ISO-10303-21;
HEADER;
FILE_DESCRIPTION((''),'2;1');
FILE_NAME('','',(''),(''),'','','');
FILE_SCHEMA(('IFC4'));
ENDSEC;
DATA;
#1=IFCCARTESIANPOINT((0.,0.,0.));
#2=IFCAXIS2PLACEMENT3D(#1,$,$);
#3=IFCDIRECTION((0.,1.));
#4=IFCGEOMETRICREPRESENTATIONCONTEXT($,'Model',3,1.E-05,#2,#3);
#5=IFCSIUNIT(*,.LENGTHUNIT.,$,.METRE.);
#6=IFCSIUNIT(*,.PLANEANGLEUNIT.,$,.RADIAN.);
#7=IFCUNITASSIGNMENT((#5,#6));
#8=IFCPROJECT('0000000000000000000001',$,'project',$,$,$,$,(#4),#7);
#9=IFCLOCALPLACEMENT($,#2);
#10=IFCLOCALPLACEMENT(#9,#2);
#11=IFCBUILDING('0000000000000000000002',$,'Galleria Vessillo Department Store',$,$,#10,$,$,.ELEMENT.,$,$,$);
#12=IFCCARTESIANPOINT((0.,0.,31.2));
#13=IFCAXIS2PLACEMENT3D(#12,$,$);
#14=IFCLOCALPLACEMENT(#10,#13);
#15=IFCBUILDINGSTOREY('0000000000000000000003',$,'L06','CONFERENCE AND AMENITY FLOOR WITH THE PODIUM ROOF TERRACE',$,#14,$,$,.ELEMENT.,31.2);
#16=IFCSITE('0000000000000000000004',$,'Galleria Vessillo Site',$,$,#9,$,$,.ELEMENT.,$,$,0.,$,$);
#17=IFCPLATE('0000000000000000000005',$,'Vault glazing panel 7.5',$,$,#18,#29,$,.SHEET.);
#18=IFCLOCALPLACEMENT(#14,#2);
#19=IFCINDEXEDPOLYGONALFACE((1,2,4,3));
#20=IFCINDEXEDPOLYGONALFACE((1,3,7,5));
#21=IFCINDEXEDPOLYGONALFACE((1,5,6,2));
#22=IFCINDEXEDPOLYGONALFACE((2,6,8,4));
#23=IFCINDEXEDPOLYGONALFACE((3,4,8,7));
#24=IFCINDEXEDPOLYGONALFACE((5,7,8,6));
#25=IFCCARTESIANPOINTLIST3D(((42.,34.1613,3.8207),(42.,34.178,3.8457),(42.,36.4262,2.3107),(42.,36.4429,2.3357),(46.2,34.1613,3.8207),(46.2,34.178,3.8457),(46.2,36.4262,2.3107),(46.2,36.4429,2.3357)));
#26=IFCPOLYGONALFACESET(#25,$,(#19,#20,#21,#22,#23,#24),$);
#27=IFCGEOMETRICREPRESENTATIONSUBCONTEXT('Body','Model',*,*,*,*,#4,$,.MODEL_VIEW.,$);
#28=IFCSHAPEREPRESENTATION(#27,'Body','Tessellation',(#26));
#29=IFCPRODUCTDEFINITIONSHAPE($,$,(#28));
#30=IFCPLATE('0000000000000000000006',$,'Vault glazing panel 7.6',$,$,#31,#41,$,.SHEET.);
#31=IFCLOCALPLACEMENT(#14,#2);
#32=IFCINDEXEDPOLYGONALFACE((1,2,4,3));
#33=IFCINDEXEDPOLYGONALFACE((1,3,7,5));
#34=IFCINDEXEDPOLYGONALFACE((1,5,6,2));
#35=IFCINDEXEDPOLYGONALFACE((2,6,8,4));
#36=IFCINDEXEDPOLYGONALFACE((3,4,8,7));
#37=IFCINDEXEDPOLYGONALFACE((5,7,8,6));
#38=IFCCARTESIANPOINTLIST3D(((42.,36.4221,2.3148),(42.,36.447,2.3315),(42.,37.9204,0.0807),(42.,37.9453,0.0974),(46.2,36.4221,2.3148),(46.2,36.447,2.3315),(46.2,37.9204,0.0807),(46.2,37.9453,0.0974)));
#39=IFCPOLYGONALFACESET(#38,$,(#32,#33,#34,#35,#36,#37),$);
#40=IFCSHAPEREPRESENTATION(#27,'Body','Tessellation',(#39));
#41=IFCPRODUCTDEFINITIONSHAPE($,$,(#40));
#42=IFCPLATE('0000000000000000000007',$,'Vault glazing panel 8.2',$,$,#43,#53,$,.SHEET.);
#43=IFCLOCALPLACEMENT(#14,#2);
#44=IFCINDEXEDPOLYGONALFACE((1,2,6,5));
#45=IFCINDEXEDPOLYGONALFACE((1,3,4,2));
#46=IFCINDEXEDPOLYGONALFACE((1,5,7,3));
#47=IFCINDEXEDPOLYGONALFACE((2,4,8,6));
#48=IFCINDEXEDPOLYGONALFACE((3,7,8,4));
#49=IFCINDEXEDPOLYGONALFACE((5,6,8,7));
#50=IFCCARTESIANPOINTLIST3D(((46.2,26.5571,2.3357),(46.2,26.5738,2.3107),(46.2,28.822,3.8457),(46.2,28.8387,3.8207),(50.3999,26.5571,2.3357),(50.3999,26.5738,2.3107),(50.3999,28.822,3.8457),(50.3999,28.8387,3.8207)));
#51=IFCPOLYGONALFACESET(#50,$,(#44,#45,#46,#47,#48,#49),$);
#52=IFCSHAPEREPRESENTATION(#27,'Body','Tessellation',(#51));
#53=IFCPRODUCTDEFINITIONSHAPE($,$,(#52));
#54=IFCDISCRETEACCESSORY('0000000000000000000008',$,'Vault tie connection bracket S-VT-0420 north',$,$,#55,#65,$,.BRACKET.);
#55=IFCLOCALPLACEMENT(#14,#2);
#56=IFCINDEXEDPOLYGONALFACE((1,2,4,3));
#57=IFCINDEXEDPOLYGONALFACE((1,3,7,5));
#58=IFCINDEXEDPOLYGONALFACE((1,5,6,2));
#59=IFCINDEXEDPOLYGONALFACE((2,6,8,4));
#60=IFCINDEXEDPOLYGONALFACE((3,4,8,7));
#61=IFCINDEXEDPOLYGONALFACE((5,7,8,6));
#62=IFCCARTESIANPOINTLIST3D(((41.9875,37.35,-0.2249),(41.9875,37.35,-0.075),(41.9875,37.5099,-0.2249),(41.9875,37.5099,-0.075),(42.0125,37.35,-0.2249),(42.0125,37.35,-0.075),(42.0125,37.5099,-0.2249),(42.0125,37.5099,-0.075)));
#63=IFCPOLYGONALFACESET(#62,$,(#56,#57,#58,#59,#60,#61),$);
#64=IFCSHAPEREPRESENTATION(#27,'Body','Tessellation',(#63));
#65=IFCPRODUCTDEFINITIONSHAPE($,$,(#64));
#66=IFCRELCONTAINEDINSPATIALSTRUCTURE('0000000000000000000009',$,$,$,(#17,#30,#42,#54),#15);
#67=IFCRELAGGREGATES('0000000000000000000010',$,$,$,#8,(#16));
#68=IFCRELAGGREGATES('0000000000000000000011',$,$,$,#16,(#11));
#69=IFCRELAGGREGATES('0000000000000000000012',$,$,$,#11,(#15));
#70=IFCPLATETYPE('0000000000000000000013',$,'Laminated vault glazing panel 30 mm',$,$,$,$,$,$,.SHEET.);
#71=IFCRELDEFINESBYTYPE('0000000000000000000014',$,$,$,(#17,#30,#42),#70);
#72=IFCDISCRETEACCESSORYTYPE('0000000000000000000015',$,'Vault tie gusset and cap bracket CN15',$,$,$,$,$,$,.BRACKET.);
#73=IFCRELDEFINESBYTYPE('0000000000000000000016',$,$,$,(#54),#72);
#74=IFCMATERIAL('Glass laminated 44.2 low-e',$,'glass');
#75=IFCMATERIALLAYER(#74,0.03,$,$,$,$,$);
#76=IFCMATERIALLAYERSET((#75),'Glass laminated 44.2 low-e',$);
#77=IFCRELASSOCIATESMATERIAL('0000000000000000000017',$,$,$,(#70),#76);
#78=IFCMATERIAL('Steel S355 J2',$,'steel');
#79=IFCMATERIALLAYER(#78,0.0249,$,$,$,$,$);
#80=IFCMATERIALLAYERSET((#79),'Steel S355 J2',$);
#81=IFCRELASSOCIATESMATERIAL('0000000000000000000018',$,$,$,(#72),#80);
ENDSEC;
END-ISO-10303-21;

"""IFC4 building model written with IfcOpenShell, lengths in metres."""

from ifc_helpers import new_model, si_unit, direction, frame, origin, origin_2d, place, context, subcontext, project, spatial, polyline, rectangle, outline, extrude, material, layer, layer_set, type_object, element, save


model = new_model("IFC4")

# Units and contexts
model_context = context("Model", 3, precision=1e-05, world=origin(), true_north=direction((0.0, 1.0)))
body_context = subcontext(model_context, "Body", "Model", "MODEL_VIEW")
ifc_project = project(units=[si_unit("LENGTHUNIT", "METRE"), si_unit("PLANEANGLEUNIT", "RADIAN")], contexts=[model_context])

# Site, building, storey
site_placement = place(None, origin())
site = spatial("IfcSite", under=ifc_project, at=site_placement, Name="Galleria Vessillo Site", CompositionType="ELEMENT", RefElevation=0.0)
building_placement = place(site_placement, origin())
building = spatial("IfcBuilding", under=site, at=building_placement, Name="Galleria Vessillo Department Store", CompositionType="ELEMENT")
storey_placement = place(building_placement, frame((0.0, 0.0, 31.2)))
storey = spatial("IfcBuildingStorey", under=building, at=storey_placement, Name="L06", Description="CONFERENCE AND AMENITY FLOOR WITH THE PODIUM ROOF TERRACE", CompositionType="ELEMENT", Elevation=31.2)

# Plates
ifc_material_1 = material(Name="Glass laminated 44.2 low-e", Category="glass")
ifc_layer_1 = layer(ifc_material_1, 0.03)
ifc_layer_set_1 = layer_set([ifc_layer_1], Name="Glass laminated 44.2 low-e")
plate_type = type_object("IfcPlateType", Name="Laminated vault glazing panel 30 mm", PredefinedType="SHEET", material=ifc_layer_set_1)
plate_1_placement = place(storey_placement, frame((42.0, 34.178, 3.8457), z_axis=(0.0, 0.554721, 0.832036), x_axis=(1.0, 0.0, 0.0)))
element("IfcPlate", 1, at=plate_1_placement, inside=storey, type_object=plate_type, Name="Vault glazing panel 7.5", PredefinedType="SHEET", context=body_context, shape_type="SweptSolid", body=[
    extrude(outline(polyline([(0.0, 0.0), (4.2, 0.0), (4.2, 2.7221), (0.0, 2.7221), (0.0, 0.0)])), origin(), (0.0, 0.0, -1.0), 0.03),
])
plate_2_placement = place(storey_placement, frame((42.0, 36.447, 2.3315), z_axis=(0.0, 0.830525, 0.556981), x_axis=(1.0, 0.0, 0.0)))
element("IfcPlate", 2, at=plate_2_placement, inside=storey, type_object=plate_type, Name="Vault glazing panel 7.6", PredefinedType="SHEET", context=body_context, shape_type="SweptSolid", body=[
    extrude(outline(polyline([(0.0, 0.0), (4.2, 0.0), (4.2, 2.69), (0.0, 2.69), (0.0, 0.0)])), origin(), (0.0, 0.0, -1.0), 0.03),
])
plate_3_placement = place(storey_placement, frame((46.2, 26.5571, 2.3357), z_axis=(0.0, -0.554721, 0.832036), x_axis=(1.0, 0.0, 0.0)))
element("IfcPlate", 3, at=plate_3_placement, inside=storey, type_object=plate_type, Name="Vault glazing panel 8.2", PredefinedType="SHEET", context=body_context, shape_type="SweptSolid", body=[
    extrude(outline(polyline([(0.0, 0.0), (4.2, 0.0), (4.2, 2.7221), (0.0, 2.7221), (0.0, 0.0)])), origin(), (0.0, 0.0, -1.0), 0.03),
])

# Discrete accessory
ifc_material_2 = material(Name="Steel S355 J2", Category="steel")
ifc_layer_2 = layer(ifc_material_2, 0.0249)
ifc_layer_set_2 = layer_set([ifc_layer_2], Name="Steel S355 J2")
discrete_accessory_type = type_object("IfcDiscreteAccessoryType", Name="Vault tie gusset and cap bracket CN15", PredefinedType="BRACKET", material=ifc_layer_set_2)
discrete_accessory_placement = place(storey_placement, frame((42.0, 37.4299, -0.2249), z_axis=(0.0, 0.0, 1.0), x_axis=(1.0, 0.0, 0.0)))
element("IfcDiscreteAccessory", 4, at=discrete_accessory_placement, inside=storey, type_object=discrete_accessory_type, Name="Vault tie connection bracket S-VT-0420 north", PredefinedType="BRACKET", context=body_context, shape_type="SweptSolid", body=[
    extrude(rectangle(XDim=0.0249, YDim=0.1599, at=origin_2d()), origin(), (0.0, 0.0, 1.0), 0.1499),
])

save(model, "model.ifc")
